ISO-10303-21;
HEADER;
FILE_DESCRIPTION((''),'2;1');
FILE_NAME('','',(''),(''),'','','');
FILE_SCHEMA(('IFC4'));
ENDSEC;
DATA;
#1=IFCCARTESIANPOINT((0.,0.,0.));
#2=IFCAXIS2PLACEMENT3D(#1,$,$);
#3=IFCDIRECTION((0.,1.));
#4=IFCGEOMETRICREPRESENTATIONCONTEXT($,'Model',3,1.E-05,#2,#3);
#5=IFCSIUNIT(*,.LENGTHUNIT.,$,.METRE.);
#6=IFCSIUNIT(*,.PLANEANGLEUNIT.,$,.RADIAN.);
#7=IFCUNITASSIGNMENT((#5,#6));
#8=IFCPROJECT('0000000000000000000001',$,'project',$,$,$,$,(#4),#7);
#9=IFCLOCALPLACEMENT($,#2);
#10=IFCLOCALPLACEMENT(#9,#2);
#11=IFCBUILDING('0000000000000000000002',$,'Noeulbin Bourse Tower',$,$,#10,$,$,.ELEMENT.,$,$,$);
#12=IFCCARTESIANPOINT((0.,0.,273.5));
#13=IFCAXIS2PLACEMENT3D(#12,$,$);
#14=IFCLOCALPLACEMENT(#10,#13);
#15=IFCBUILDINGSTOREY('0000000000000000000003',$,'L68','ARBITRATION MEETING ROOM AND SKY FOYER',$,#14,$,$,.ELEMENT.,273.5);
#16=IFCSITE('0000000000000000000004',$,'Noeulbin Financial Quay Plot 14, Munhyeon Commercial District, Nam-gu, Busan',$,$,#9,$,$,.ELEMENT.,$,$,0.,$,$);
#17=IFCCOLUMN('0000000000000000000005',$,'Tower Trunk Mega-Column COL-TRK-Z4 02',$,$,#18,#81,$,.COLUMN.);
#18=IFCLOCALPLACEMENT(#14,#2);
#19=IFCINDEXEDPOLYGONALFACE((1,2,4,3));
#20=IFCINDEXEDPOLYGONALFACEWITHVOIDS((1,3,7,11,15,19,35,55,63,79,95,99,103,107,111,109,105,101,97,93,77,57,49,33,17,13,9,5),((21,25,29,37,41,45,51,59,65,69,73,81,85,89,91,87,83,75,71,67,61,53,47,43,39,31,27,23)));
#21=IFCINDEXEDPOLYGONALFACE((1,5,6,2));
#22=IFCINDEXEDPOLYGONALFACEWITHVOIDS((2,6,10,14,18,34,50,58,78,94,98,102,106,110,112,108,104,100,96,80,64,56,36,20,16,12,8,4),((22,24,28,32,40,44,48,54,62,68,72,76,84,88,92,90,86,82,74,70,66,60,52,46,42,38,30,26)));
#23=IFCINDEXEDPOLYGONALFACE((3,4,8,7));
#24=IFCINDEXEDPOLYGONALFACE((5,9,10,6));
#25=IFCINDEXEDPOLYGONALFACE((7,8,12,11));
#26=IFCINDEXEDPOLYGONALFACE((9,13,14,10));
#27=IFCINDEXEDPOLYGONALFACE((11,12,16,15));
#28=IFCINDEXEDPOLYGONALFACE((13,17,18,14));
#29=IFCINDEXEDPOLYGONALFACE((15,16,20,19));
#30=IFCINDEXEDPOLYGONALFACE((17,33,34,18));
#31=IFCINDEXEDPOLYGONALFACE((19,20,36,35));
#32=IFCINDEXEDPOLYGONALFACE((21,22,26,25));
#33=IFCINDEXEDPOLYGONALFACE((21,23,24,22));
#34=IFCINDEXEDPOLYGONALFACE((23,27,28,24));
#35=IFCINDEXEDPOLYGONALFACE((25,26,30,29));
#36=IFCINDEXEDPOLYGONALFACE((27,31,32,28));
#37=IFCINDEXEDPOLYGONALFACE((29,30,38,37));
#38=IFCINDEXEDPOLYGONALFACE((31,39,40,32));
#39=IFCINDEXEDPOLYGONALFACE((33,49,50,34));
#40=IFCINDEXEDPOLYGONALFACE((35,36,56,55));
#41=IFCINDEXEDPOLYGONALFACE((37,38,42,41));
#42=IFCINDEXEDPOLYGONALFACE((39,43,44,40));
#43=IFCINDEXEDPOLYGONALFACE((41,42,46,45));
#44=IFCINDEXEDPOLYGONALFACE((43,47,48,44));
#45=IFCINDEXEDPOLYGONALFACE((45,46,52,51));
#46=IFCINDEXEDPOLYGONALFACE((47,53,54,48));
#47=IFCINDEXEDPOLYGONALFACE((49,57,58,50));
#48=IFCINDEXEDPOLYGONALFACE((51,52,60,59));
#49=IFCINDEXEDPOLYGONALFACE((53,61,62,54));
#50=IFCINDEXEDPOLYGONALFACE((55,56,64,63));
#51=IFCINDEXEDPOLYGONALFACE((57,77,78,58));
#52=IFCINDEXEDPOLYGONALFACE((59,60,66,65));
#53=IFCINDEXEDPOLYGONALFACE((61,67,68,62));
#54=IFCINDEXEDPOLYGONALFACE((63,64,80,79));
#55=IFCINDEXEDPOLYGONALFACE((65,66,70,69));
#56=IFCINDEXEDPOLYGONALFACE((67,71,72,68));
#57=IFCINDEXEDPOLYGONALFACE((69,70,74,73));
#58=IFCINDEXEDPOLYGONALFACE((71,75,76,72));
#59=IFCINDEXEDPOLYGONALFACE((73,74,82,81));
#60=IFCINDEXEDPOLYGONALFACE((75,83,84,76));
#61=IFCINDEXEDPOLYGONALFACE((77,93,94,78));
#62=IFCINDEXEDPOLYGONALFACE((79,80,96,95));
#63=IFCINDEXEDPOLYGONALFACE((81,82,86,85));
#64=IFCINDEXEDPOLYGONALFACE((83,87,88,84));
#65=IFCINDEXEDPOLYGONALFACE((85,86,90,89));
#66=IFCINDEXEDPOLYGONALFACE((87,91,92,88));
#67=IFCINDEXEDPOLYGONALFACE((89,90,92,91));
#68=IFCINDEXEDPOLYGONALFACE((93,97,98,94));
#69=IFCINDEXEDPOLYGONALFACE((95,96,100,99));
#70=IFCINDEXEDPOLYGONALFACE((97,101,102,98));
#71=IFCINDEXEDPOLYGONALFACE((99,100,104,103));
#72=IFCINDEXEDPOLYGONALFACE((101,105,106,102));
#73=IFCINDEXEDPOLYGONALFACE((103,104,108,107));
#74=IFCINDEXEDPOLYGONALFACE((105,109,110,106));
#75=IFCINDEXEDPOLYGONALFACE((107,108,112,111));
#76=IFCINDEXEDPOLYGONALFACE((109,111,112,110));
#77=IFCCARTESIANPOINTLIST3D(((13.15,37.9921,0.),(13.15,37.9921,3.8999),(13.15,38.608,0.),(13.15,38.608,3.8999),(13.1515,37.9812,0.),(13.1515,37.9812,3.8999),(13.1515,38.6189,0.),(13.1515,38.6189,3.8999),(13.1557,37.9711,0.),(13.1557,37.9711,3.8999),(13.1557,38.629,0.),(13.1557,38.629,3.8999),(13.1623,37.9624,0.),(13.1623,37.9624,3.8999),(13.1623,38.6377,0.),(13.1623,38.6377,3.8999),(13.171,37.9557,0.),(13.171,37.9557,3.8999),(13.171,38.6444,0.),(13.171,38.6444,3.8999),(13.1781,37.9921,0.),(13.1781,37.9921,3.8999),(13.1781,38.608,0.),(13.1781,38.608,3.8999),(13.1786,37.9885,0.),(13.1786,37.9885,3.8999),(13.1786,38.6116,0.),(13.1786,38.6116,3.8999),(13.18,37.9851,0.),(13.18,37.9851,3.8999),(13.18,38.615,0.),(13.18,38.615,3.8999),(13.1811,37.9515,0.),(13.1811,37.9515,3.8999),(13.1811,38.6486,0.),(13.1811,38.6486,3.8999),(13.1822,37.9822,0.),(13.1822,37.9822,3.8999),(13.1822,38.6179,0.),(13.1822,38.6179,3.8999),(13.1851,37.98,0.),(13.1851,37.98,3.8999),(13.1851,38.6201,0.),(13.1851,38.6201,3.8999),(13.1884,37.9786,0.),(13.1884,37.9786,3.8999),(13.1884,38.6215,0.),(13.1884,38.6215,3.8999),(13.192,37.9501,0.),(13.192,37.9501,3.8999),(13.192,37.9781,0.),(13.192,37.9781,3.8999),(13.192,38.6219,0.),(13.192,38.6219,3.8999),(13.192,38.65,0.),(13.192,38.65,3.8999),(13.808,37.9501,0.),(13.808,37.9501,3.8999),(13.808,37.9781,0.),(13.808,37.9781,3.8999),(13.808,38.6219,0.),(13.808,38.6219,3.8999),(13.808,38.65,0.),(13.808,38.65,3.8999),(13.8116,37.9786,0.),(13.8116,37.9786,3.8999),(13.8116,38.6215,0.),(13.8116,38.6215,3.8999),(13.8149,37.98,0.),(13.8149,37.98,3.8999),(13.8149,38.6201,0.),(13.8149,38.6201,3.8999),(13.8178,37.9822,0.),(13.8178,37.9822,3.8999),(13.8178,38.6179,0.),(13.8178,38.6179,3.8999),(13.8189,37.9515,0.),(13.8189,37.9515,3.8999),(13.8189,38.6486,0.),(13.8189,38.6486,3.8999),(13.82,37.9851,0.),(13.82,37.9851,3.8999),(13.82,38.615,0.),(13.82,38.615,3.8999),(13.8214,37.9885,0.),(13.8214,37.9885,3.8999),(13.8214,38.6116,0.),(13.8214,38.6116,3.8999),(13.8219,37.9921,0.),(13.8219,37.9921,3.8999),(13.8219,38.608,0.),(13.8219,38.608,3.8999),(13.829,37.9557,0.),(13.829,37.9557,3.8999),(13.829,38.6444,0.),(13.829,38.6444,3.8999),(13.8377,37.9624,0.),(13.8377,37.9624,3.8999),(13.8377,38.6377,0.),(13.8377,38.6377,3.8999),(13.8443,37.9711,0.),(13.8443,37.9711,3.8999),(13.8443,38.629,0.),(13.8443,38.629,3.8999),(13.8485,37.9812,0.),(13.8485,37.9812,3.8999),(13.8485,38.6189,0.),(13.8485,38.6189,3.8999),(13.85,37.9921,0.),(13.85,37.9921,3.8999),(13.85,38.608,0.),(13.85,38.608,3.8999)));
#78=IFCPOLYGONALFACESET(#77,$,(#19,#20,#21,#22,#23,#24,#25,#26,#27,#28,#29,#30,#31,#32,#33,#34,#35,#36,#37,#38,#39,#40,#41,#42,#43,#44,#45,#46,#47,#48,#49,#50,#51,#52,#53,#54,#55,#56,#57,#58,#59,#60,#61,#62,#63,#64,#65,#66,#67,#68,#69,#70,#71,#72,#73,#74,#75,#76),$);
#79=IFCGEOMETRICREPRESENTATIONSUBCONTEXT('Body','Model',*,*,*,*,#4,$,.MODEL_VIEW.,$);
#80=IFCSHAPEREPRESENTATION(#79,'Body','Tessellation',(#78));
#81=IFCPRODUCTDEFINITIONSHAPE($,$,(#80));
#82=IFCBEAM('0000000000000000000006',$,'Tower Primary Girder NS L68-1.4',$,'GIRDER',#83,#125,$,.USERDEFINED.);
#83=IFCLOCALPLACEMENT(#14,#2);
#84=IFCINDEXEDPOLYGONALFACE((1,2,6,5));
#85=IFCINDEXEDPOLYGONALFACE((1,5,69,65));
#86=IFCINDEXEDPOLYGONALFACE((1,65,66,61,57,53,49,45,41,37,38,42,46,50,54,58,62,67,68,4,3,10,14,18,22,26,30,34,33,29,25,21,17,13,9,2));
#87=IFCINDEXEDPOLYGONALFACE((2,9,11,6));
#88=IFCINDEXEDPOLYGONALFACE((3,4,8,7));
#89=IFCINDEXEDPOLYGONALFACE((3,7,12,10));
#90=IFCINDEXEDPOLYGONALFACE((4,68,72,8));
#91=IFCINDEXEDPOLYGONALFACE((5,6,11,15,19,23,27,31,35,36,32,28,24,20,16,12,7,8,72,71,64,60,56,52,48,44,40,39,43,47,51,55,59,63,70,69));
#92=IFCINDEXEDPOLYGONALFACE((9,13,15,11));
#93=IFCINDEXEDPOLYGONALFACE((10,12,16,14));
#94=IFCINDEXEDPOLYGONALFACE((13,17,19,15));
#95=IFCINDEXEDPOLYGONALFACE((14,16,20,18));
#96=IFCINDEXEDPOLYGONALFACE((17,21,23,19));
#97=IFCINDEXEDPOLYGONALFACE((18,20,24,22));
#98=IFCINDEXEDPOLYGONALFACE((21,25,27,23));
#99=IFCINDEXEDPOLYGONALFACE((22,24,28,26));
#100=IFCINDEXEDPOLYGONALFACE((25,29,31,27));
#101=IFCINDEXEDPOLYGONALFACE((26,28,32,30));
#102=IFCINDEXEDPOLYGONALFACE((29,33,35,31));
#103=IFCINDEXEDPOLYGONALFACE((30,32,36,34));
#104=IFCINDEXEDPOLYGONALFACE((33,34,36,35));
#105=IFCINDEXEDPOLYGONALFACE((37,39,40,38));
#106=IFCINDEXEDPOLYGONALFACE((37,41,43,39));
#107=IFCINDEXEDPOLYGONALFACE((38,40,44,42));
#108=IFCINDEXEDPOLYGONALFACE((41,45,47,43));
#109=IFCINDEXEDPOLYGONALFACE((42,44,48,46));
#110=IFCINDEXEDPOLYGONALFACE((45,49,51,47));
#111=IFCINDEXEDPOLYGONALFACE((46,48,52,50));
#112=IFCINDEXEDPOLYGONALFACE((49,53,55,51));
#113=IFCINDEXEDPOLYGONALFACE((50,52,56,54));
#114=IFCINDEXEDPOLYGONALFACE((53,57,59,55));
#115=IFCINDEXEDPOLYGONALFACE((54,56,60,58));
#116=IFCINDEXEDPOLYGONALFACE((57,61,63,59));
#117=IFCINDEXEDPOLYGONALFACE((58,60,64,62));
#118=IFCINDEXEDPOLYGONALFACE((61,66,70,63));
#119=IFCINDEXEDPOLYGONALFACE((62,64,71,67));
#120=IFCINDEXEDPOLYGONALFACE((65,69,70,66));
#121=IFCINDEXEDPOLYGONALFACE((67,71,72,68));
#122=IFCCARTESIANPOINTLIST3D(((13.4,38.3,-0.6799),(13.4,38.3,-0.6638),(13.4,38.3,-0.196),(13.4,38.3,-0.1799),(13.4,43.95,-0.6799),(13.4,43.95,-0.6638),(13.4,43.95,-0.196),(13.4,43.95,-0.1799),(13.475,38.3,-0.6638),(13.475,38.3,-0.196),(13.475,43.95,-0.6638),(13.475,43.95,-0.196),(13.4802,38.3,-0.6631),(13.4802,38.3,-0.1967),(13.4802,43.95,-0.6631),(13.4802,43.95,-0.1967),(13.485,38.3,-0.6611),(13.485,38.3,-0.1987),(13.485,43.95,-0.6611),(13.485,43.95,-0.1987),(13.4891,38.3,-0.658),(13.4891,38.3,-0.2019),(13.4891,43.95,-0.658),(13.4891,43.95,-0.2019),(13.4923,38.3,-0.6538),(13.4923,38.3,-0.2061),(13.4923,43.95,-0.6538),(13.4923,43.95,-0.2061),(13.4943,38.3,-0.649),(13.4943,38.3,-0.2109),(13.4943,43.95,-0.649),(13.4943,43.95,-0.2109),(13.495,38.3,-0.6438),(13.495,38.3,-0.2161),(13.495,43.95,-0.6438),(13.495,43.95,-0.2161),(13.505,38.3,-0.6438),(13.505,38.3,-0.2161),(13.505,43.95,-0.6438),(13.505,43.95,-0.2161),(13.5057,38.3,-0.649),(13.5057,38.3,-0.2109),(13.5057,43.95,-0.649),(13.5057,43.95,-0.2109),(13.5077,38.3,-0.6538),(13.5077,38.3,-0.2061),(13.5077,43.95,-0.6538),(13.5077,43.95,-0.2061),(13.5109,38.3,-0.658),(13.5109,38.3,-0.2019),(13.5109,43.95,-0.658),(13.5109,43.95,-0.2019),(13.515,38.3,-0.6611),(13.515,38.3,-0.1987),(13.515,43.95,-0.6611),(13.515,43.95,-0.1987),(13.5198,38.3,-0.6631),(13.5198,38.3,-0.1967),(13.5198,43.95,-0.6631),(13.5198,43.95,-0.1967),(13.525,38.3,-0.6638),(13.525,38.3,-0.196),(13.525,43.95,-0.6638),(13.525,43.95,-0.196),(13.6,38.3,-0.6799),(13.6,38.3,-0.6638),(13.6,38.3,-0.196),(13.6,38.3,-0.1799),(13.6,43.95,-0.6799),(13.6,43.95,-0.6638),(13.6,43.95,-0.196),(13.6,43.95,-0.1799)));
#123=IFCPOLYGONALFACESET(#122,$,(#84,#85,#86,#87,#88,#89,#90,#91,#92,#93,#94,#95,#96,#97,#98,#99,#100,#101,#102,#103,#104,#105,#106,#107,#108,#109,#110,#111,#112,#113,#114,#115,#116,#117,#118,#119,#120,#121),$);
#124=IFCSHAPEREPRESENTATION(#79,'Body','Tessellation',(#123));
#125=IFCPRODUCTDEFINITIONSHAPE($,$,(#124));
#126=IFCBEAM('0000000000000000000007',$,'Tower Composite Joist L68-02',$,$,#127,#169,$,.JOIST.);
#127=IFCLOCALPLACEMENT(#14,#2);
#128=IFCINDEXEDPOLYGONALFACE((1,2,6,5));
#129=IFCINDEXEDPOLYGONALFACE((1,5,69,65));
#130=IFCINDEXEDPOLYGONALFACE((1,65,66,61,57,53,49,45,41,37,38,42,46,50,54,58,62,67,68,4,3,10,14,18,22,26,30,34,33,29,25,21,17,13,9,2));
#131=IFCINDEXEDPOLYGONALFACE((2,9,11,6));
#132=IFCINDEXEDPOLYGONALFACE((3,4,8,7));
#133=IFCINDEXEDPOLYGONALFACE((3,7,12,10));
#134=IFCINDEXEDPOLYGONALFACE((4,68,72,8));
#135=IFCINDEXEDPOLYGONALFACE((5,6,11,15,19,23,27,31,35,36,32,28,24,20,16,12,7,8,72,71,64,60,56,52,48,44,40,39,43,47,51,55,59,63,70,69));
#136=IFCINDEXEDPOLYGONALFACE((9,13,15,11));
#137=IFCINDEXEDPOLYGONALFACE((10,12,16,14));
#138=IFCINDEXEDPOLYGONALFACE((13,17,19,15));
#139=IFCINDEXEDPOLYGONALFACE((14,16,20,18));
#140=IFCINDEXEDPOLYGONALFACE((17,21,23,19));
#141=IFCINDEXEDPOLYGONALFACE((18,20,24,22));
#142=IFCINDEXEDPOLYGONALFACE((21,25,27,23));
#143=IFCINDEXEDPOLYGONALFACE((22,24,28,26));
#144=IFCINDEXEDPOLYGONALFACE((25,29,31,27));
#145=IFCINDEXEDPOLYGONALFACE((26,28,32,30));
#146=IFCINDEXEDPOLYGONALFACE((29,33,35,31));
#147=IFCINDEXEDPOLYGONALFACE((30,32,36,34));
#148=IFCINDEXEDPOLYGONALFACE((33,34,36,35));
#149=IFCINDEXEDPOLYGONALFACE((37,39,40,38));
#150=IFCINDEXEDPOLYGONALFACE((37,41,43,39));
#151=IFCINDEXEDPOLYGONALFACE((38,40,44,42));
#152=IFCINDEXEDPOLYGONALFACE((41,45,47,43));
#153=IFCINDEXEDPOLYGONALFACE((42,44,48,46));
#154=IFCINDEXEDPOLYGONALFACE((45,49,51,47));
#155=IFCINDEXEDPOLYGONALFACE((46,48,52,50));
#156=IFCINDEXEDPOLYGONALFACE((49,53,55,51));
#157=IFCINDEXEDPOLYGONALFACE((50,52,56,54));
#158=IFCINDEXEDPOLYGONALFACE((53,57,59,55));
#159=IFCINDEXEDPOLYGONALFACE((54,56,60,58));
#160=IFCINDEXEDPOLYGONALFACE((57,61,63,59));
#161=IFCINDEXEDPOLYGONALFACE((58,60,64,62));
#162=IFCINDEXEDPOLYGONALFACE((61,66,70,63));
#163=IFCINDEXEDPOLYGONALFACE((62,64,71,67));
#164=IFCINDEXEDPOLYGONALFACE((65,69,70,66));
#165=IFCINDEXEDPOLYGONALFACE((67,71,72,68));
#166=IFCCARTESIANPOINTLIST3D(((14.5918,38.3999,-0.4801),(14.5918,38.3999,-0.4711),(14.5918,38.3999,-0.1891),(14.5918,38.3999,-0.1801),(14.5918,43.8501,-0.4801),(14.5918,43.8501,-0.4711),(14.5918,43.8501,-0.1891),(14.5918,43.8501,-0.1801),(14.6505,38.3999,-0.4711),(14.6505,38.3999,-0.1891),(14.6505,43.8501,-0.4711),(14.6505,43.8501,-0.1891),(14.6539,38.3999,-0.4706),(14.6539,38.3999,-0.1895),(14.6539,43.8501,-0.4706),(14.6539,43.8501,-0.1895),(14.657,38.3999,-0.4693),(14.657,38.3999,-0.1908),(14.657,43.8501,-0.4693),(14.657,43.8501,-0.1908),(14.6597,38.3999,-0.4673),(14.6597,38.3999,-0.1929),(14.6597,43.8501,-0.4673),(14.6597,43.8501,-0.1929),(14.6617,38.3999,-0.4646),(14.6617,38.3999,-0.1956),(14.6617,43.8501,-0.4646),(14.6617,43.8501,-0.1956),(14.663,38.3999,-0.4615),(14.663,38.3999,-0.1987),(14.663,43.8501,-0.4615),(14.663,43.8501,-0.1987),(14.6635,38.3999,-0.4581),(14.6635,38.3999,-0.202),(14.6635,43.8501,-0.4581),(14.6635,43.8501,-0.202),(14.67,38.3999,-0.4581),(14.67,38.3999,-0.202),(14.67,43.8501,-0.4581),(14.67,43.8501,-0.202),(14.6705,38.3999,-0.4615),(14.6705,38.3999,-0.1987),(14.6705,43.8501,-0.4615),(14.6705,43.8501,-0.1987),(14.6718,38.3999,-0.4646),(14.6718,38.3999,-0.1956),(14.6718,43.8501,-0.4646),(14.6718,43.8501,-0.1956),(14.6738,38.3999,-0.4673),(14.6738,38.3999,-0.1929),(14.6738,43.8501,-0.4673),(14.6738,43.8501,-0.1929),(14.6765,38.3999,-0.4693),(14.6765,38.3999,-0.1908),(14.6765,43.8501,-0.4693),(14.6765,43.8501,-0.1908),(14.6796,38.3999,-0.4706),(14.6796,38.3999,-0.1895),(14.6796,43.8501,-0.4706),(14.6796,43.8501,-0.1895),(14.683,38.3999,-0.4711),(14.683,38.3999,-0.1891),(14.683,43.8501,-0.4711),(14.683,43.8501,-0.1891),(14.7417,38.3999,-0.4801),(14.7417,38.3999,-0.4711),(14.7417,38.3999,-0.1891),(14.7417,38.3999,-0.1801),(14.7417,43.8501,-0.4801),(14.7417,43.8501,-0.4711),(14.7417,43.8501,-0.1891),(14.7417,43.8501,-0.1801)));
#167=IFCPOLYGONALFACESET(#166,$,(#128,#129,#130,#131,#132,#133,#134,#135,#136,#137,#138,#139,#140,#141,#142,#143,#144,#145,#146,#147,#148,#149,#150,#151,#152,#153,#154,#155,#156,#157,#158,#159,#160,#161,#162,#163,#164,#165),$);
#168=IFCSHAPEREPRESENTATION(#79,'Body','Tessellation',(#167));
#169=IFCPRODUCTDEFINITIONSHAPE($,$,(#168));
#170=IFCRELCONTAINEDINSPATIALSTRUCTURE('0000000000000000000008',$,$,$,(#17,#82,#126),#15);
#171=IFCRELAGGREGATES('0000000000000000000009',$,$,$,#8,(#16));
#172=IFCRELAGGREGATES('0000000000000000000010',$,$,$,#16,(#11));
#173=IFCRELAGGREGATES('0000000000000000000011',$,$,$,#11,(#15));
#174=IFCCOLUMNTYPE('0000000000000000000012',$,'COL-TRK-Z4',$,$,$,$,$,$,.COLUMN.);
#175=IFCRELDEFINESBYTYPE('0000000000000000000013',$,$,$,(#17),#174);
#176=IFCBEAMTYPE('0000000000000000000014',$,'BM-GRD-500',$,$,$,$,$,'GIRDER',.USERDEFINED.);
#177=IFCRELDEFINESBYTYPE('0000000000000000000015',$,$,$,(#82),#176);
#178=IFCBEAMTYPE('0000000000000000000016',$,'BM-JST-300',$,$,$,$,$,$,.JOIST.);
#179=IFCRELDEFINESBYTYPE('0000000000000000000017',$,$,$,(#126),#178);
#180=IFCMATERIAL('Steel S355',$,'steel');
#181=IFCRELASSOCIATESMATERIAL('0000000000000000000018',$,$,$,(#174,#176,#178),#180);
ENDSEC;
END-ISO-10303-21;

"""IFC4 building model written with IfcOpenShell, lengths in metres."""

from ifc_helpers import new_model, si_unit, direction, frame, origin, origin_2d, place, context, subcontext, project, spatial, hollow_rectangle, i_section, extrude, material, material_profile, profile_set, type_object, element, save


model = new_model("IFC4")

# Units and contexts
model_context = context("Model", 3, precision=1e-05, world=origin(), true_north=direction((0.0, 1.0)))
body_context = subcontext(model_context, "Body", "Model", "MODEL_VIEW")
ifc_project = project(units=[si_unit("LENGTHUNIT", "METRE"), si_unit("PLANEANGLEUNIT", "RADIAN")], contexts=[model_context])

# Site, building, storey
site_placement = place(None, origin())
site = spatial("IfcSite", under=ifc_project, at=site_placement, Name="Noeulbin Financial Quay Plot 14, Munhyeon Commercial District, Nam-gu, Busan", CompositionType="ELEMENT", RefElevation=0.0)
building_placement = place(site_placement, origin())
building = spatial("IfcBuilding", under=site, at=building_placement, Name="Noeulbin Bourse Tower", CompositionType="ELEMENT")
storey_placement = place(building_placement, frame((0.0, 0.0, 273.5)))
storey = spatial("IfcBuildingStorey", under=building, at=storey_placement, Name="L68", Description="ARBITRATION MEETING ROOM AND SKY FOYER", CompositionType="ELEMENT", Elevation=273.5)

# Column
ifc_material_1 = material(Name="Steel S355", Category="steel")
ifc_material_profile_1 = material_profile(ifc_material_1, hollow_rectangle(XDim=0.7, YDim=0.7, WallThickness=0.0281, InnerFilletRadius=0.0139, OuterFilletRadius=0.042, at=origin_2d()), Name="BOX-700x700x28", Category="LoadBearing")
ifc_profile_set_1 = profile_set([ifc_material_profile_1], Name="Steel S355")
column_type = type_object("IfcColumnType", Name="COL-TRK-Z4", PredefinedType="COLUMN", material=ifc_profile_set_1)
column_placement = place(storey_placement, frame((13.5, 38.3, 0.0), z_axis=(0.0, 0.0, 1.0), x_axis=(1.0, 0.0, 0.0)))
element("IfcColumn", 1, at=column_placement, inside=storey, type_object=column_type, Name="Tower Trunk Mega-Column COL-TRK-Z4 02", PredefinedType="COLUMN", context=body_context, shape_type="SweptSolid", body=[
    extrude(hollow_rectangle(XDim=0.7, YDim=0.7, WallThickness=0.0281, InnerFilletRadius=0.0139, OuterFilletRadius=0.042, at=origin_2d()), origin(), (0.0, 0.0, 1.0), 3.8999),
])

# Beams
ifc_material_profile_2 = material_profile(ifc_material_1, i_section(OverallWidth=0.2, OverallDepth=0.5, WebThickness=0.01, FlangeThickness=0.0161, FilletRadius=0.02, at=origin_2d()), Name="H-500x200x10x16", Category="LoadBearing")
ifc_profile_set_2 = profile_set([ifc_material_profile_2], Name="Steel S355")
beam_type_1 = type_object("IfcBeamType", Name="BM-GRD-500", ElementType="GIRDER", PredefinedType="USERDEFINED", material=ifc_profile_set_2)
beam_1_placement = place(storey_placement, frame((13.5, 38.3, -0.4299), z_axis=(0.0, 1.0, 0.0), x_axis=(-1.0, 0.0, 0.0)))
element("IfcBeam", 2, at=beam_1_placement, inside=storey, type_object=beam_type_1, Name="Tower Primary Girder NS L68-1.4", ObjectType="GIRDER", PredefinedType="USERDEFINED", context=body_context, shape_type="SweptSolid", body=[
    extrude(i_section(OverallWidth=0.2, OverallDepth=0.5, WebThickness=0.01, FlangeThickness=0.0161, FilletRadius=0.02, at=origin_2d()), origin(), (0.0, 0.0, 1.0), 5.6499),
])
ifc_material_profile_3 = material_profile(ifc_material_1, i_section(OverallWidth=0.1499, OverallDepth=0.3, WebThickness=0.0066, FlangeThickness=0.009, FilletRadius=0.0129, at=origin_2d()), Name="H-300x150x6.5x9", Category="LoadBearing")
ifc_profile_set_3 = profile_set([ifc_material_profile_3], Name="Steel S355")
beam_type_2 = type_object("IfcBeamType", Name="BM-JST-300", PredefinedType="JOIST", material=ifc_profile_set_3)
beam_2_placement = place(storey_placement, frame((14.6667, 38.3999, -0.3301), z_axis=(0.0, 1.0, 0.0), x_axis=(-1.0, 0.0, 0.0)))
element("IfcBeam", 3, at=beam_2_placement, inside=storey, type_object=beam_type_2, Name="Tower Composite Joist L68-02", PredefinedType="JOIST", context=body_context, shape_type="SweptSolid", body=[
    extrude(i_section(OverallWidth=0.1499, OverallDepth=0.3, WebThickness=0.0066, FlangeThickness=0.009, FilletRadius=0.0129, at=origin_2d()), origin(), (0.0, 0.0, 1.0), 5.4502),
])

save(model, "model.ifc")
